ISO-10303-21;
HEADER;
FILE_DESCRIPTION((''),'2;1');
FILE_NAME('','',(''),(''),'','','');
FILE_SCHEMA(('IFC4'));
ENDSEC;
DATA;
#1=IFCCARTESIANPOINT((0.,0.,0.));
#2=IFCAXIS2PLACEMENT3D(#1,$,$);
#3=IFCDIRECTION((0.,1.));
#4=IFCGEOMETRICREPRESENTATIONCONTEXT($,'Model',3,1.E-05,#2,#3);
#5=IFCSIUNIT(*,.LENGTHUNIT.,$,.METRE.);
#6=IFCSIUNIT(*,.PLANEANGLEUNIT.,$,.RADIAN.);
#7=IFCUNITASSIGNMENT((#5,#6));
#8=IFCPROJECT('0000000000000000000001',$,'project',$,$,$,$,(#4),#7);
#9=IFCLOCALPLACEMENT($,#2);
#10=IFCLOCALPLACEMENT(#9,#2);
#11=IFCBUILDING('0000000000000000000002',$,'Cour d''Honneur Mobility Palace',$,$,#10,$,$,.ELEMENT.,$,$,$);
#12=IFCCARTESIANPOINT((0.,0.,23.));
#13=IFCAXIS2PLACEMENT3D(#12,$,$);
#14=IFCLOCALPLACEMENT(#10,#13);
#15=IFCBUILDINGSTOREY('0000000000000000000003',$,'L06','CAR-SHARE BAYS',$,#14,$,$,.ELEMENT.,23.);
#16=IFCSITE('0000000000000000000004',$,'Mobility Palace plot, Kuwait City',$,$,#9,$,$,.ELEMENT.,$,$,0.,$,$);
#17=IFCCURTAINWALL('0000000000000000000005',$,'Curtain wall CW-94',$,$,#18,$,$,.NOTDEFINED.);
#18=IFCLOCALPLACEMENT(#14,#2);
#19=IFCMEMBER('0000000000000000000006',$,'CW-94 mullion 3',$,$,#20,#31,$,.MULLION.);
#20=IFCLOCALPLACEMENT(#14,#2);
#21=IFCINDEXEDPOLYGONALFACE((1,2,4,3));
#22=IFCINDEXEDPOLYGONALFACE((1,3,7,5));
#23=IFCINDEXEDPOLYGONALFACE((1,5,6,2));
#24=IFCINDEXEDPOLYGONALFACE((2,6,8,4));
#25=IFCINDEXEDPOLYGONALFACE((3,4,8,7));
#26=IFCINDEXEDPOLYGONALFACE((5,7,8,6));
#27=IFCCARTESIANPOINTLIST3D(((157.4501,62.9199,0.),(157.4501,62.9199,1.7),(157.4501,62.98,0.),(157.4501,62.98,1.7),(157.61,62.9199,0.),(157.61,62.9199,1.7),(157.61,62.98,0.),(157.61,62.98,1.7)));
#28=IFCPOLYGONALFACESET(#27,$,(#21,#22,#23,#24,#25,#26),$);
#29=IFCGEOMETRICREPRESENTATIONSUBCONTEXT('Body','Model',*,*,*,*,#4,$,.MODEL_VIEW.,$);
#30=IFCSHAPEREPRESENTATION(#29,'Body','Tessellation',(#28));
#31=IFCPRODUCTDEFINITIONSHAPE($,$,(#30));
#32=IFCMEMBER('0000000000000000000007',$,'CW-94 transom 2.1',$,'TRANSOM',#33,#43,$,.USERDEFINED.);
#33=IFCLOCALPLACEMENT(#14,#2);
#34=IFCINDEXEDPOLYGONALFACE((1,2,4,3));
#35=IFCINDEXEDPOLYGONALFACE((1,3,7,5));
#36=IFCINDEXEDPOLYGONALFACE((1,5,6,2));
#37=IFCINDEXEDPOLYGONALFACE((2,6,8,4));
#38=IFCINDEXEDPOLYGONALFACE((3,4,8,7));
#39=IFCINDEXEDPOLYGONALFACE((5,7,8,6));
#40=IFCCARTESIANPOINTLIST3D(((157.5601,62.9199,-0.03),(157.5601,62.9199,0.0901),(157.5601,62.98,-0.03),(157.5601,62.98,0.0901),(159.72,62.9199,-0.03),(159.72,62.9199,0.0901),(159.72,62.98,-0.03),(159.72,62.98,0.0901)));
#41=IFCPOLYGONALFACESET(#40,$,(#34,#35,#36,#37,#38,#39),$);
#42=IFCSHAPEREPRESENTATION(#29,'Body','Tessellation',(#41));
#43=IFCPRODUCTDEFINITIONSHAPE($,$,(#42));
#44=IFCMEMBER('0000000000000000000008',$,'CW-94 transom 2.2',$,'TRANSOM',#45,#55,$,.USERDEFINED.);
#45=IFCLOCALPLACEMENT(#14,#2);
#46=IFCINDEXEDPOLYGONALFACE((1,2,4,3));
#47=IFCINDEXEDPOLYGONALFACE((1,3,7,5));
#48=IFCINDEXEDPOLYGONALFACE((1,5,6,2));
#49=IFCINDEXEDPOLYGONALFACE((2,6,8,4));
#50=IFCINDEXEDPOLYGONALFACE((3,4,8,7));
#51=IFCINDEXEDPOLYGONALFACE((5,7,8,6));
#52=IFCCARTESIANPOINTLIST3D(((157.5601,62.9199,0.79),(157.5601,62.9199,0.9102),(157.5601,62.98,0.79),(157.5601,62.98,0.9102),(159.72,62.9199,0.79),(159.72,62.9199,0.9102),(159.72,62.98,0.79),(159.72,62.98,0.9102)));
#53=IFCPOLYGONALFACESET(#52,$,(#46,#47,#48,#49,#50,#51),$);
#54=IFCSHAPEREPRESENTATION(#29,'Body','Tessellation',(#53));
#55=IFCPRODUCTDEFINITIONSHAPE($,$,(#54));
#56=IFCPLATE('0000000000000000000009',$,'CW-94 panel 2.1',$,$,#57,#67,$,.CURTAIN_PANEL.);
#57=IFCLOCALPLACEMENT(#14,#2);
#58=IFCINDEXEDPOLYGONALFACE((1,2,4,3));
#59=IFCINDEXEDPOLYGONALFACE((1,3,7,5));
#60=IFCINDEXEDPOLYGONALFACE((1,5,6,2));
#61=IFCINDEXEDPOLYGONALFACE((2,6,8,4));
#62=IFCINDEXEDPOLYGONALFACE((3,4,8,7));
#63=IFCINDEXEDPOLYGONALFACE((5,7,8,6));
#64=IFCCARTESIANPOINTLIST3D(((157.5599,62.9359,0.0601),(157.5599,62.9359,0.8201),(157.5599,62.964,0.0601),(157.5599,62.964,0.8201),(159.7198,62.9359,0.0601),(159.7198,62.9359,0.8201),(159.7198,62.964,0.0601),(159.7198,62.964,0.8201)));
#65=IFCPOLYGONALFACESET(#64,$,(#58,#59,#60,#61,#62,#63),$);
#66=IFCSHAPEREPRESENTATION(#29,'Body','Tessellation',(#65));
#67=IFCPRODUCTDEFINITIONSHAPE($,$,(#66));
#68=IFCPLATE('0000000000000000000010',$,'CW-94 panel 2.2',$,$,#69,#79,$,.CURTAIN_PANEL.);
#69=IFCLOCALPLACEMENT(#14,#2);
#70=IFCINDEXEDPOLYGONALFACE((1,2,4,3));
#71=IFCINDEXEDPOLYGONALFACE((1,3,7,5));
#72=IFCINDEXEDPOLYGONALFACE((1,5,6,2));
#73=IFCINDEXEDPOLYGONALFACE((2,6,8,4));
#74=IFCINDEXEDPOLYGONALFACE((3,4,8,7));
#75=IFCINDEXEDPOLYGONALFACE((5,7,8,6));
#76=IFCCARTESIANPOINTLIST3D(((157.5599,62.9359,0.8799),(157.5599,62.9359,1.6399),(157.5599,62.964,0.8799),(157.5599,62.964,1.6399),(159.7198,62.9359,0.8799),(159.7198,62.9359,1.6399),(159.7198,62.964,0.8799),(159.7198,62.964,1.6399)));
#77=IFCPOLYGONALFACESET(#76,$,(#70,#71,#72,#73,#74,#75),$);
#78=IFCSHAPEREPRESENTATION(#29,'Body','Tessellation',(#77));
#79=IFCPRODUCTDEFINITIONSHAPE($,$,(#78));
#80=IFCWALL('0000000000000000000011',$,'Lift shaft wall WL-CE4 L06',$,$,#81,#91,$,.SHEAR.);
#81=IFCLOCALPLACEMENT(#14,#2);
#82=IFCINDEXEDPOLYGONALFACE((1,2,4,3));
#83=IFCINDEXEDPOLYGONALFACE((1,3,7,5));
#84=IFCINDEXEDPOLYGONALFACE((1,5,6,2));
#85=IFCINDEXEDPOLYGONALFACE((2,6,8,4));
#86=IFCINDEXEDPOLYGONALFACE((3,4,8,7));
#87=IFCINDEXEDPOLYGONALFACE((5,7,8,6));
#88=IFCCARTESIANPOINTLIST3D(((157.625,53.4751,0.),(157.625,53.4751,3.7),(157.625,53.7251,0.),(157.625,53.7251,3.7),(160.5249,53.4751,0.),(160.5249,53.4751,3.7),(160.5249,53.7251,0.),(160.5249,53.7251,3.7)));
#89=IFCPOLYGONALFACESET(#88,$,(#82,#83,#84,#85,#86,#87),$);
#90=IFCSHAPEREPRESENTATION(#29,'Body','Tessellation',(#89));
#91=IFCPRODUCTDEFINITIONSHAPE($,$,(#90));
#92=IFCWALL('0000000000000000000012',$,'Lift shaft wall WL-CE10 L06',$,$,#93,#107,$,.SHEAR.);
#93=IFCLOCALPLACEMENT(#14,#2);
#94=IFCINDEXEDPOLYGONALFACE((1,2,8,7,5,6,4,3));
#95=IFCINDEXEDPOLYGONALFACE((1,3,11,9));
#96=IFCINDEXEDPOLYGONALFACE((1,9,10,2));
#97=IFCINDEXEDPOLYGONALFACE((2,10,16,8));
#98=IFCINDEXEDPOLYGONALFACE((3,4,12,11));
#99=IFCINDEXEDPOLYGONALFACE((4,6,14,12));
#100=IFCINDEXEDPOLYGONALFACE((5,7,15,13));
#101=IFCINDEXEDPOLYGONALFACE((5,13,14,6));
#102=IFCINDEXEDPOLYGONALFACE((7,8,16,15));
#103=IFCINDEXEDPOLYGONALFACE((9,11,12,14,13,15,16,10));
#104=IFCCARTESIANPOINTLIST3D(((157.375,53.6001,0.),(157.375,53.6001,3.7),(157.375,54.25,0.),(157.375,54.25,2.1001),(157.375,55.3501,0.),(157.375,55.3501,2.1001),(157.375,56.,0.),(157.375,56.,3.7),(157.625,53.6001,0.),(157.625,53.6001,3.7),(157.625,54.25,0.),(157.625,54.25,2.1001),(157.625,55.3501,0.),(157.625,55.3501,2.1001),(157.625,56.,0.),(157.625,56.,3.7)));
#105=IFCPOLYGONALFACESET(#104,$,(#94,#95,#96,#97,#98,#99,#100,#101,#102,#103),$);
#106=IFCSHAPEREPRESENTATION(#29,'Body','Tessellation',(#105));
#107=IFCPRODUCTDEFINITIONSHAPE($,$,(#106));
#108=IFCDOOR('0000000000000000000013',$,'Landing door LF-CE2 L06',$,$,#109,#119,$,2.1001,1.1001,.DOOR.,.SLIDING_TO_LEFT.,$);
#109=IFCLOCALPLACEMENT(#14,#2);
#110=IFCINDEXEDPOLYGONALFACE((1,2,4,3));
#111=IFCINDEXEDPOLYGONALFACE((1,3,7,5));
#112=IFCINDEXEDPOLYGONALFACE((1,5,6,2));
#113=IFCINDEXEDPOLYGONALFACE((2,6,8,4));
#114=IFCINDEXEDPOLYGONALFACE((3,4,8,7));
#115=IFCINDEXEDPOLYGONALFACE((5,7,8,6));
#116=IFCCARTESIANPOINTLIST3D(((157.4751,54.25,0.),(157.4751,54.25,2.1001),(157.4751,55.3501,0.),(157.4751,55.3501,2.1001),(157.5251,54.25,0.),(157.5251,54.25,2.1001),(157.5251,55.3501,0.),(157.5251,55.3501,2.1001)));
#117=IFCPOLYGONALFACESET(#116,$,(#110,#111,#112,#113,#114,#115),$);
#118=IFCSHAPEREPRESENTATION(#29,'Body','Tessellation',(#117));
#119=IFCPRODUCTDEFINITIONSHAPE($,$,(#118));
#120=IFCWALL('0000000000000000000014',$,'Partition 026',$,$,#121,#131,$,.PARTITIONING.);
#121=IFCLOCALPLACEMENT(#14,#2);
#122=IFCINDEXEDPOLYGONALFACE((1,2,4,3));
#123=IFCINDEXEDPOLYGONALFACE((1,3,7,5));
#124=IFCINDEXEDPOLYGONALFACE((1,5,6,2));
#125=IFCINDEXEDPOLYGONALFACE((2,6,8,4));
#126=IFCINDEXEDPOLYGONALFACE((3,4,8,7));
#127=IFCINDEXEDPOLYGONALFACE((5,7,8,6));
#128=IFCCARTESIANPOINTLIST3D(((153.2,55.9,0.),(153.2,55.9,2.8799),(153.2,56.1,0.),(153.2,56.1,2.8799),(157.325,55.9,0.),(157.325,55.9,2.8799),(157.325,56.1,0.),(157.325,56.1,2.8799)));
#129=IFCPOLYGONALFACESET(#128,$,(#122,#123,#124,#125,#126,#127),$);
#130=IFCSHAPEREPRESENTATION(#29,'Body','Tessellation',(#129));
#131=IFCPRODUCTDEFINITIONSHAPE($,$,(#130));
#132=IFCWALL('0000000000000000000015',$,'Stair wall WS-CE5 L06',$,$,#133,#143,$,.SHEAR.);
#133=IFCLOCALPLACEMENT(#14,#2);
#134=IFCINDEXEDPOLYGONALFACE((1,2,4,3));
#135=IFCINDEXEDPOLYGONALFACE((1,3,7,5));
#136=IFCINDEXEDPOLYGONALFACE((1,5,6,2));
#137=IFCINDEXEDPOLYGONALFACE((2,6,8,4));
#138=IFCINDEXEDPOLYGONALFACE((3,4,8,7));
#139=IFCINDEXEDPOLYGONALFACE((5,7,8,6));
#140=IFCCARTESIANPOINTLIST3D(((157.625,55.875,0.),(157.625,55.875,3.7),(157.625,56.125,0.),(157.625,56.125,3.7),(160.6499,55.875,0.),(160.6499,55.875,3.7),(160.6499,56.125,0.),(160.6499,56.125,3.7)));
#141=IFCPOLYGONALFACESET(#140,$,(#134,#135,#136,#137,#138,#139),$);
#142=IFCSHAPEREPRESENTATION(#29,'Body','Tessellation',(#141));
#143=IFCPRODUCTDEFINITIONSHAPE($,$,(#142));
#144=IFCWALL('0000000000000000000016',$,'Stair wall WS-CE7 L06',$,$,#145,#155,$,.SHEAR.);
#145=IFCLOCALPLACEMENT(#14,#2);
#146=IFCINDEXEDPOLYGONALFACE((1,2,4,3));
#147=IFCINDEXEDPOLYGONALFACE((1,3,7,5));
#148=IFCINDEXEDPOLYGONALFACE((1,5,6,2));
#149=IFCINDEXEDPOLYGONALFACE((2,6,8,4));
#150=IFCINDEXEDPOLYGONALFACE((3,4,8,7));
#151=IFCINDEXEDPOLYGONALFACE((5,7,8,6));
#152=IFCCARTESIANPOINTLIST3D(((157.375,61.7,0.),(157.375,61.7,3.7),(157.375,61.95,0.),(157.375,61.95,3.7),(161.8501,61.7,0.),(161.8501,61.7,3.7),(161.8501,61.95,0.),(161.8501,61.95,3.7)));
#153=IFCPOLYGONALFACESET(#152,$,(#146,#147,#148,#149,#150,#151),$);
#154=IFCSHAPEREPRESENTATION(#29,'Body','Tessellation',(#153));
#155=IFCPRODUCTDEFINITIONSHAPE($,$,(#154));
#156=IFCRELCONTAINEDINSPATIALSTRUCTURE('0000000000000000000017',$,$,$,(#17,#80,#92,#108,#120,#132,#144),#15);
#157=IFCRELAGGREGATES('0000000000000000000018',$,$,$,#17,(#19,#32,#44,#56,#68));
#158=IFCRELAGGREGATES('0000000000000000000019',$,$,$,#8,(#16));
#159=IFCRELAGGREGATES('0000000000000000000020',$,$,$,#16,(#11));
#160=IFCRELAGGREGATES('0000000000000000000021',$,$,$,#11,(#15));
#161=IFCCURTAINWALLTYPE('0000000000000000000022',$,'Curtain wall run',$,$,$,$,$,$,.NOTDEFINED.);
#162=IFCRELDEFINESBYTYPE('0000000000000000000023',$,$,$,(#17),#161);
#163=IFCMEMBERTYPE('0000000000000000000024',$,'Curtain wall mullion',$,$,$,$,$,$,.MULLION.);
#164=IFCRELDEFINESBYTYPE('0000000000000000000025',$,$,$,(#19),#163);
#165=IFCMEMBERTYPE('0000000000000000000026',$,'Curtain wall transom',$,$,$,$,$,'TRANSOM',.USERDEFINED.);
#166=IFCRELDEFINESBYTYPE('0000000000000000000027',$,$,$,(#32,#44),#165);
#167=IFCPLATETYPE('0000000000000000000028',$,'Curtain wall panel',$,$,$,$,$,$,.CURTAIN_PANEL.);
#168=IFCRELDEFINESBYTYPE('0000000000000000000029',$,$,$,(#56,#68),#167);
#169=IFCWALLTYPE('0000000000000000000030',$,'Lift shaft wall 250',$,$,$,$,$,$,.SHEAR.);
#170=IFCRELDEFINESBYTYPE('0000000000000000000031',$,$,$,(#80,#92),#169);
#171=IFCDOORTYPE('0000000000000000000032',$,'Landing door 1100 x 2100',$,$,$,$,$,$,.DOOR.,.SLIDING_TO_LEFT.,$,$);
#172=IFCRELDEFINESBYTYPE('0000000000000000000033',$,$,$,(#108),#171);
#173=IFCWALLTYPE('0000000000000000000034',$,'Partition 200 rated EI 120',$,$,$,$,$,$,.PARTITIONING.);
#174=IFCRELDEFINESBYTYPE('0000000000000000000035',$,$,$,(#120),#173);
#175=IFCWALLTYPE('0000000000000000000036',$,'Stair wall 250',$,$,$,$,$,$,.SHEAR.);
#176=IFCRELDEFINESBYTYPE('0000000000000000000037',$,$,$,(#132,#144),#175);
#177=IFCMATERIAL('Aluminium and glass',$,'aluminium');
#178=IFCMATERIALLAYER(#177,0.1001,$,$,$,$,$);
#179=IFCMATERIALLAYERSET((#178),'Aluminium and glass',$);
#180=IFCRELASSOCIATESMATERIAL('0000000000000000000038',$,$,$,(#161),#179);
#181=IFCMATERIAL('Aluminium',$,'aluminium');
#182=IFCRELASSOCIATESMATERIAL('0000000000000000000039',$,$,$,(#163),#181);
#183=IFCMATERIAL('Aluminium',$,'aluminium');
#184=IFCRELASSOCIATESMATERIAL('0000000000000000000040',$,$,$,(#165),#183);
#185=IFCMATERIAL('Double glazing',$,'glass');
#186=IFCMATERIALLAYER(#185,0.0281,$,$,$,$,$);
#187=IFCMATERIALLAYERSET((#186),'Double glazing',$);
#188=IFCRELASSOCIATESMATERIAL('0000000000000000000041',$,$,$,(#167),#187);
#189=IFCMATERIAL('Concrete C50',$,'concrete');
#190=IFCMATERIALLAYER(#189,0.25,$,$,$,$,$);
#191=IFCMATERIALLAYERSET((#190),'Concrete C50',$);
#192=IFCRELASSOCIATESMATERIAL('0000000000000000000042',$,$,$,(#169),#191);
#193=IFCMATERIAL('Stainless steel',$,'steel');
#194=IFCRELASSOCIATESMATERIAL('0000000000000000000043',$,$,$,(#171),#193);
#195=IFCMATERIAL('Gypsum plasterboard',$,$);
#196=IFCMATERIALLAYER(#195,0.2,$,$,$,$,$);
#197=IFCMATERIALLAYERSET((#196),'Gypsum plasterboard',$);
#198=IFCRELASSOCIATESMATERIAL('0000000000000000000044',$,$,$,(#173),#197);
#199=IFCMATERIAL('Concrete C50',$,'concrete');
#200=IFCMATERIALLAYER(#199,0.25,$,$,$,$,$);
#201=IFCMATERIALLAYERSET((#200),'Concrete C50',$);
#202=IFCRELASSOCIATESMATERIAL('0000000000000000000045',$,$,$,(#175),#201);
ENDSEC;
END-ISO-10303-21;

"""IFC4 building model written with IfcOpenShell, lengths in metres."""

from ifc_helpers import new_model, si_unit, direction, frame, frame_2d, origin, origin_2d, place, context, subcontext, project, spatial, rectangle, extrude, material, layer, layer_set, material_profile, profile_set, type_object, element, fill, aggregate, save


model = new_model("IFC4")

# Units and contexts
model_context = context("Model", 3, precision=1e-05, world=origin(), true_north=direction((0.0, 1.0)))
body_context = subcontext(model_context, "Body", "Model", "MODEL_VIEW")
ifc_project = project(units=[si_unit("LENGTHUNIT", "METRE"), si_unit("PLANEANGLEUNIT", "RADIAN")], contexts=[model_context])

# Site, building, storey
site_placement = place(None, origin())
site = spatial("IfcSite", under=ifc_project, at=site_placement, Name="Mobility Palace plot, Kuwait City", CompositionType="ELEMENT", RefElevation=0.0)
building_placement = place(site_placement, origin())
building = spatial("IfcBuilding", under=site, at=building_placement, Name="Cour d'Honneur Mobility Palace", CompositionType="ELEMENT")
storey_placement = place(building_placement, frame((0.0, 0.0, 23.0)))
storey = spatial("IfcBuildingStorey", under=building, at=storey_placement, Name="L06", Description="CAR-SHARE BAYS", CompositionType="ELEMENT", Elevation=23.0)

# Curtain wall, members, plates
ifc_material_1 = material(Name="Aluminium and glass", Category="aluminium")
ifc_layer_1 = layer(ifc_material_1, 0.1001)
ifc_layer_set_1 = layer_set([ifc_layer_1], Name="Aluminium and glass")
curtain_wall_type = type_object("IfcCurtainWallType", Name="Curtain wall run", PredefinedType="NOTDEFINED", material=ifc_layer_set_1)
curtain_wall_placement = place(storey_placement, origin())
curtain_wall = element("IfcCurtainWall", 1, at=curtain_wall_placement, inside=storey, type_object=curtain_wall_type, Name="Curtain wall CW-94", PredefinedType="NOTDEFINED")
ifc_material_2 = material(Name="Aluminium", Category="aluminium")
ifc_material_profile_1 = material_profile(ifc_material_2, rectangle(XDim=0.0601, YDim=0.1599, at=origin_2d()), Name="Curtain wall mullion")
ifc_profile_set_1 = profile_set([ifc_material_profile_1], Name="Aluminium")
member_type_1 = type_object("IfcMemberType", Name="Curtain wall mullion", PredefinedType="MULLION", material=ifc_profile_set_1)
member_1_placement = place(storey_placement, frame((157.53, 62.95, 0.0), z_axis=(0.0, 0.0, 1.0), x_axis=(0.0, -1.0, 0.0)))
member_1 = element("IfcMember", 2, at=member_1_placement, type_object=member_type_1, Name="CW-94 mullion 3", PredefinedType="MULLION", context=body_context, shape_type="SweptSolid", body=[
    extrude(rectangle(XDim=0.0601, YDim=0.1599, at=origin_2d()), origin(), (0.0, 0.0, 1.0), 1.7),
])
ifc_material_3 = material(Name="Aluminium", Category="aluminium")
ifc_material_profile_2 = material_profile(ifc_material_3, rectangle(XDim=0.0601, YDim=0.1201, at=origin_2d()), Name="Curtain wall transom")
ifc_profile_set_2 = profile_set([ifc_material_profile_2], Name="Aluminium")
member_type_2 = type_object("IfcMemberType", Name="Curtain wall transom", ElementType="TRANSOM", PredefinedType="USERDEFINED", material=ifc_profile_set_2)
member_2_placement = place(storey_placement, frame((159.72, 62.95, 0.03), z_axis=(-1.0, 0.0, 0.0), x_axis=(0.0, -1.0, 0.0)))
member_2 = element("IfcMember", 3, at=member_2_placement, type_object=member_type_2, Name="CW-94 transom 2.1", ObjectType="TRANSOM", PredefinedType="USERDEFINED", context=body_context, shape_type="SweptSolid", body=[
    extrude(rectangle(XDim=0.0601, YDim=0.1201, at=origin_2d()), origin(), (0.0, 0.0, 1.0), 2.1599),
])
member_3_placement = place(storey_placement, frame((159.72, 62.95, 0.8501), z_axis=(-1.0, 0.0, 0.0), x_axis=(0.0, -1.0, 0.0)))
member_3 = element("IfcMember", 4, at=member_3_placement, type_object=member_type_2, Name="CW-94 transom 2.2", ObjectType="TRANSOM", PredefinedType="USERDEFINED", context=body_context, shape_type="SweptSolid", body=[
    extrude(rectangle(XDim=0.0601, YDim=0.1201, at=origin_2d()), origin(), (0.0, 0.0, 1.0), 2.1599),
])
ifc_material_4 = material(Name="Double glazing", Category="glass")
ifc_layer_2 = layer(ifc_material_4, 0.0281)
ifc_layer_set_2 = layer_set([ifc_layer_2], Name="Double glazing")
plate_type = type_object("IfcPlateType", Name="Curtain wall panel", PredefinedType="CURTAIN_PANEL", material=ifc_layer_set_2)
plate_1_placement = place(storey_placement, frame((158.6399, 62.95, 0.0601), z_axis=(0.0, 0.0, 1.0), x_axis=(-1.0, 0.0, 0.0)))
plate_1 = element("IfcPlate", 5, at=plate_1_placement, type_object=plate_type, Name="CW-94 panel 2.1", PredefinedType="CURTAIN_PANEL", context=body_context, shape_type="SweptSolid", body=[
    extrude(rectangle(XDim=2.1599, YDim=0.0281, at=origin_2d()), origin(), (0.0, 0.0, 1.0), 0.76),
])
plate_2_placement = place(storey_placement, frame((158.6399, 62.95, 0.8799), z_axis=(0.0, 0.0, 1.0), x_axis=(-1.0, 0.0, 0.0)))
plate_2 = element("IfcPlate", 6, at=plate_2_placement, type_object=plate_type, Name="CW-94 panel 2.2", PredefinedType="CURTAIN_PANEL", context=body_context, shape_type="SweptSolid", body=[
    extrude(rectangle(XDim=2.1599, YDim=0.0281, at=origin_2d()), origin(), (0.0, 0.0, 1.0), 0.76),
])
aggregate(curtain_wall, [member_1, member_2, member_3, plate_1, plate_2])

# Wall
ifc_material_5 = material(Name="Concrete C50", Category="concrete")
ifc_layer_3 = layer(ifc_material_5, 0.25)
ifc_layer_set_3 = layer_set([ifc_layer_3], Name="Concrete C50")
wall_type_1 = type_object("IfcWallType", Name="Lift shaft wall 250", PredefinedType="SHEAR", material=ifc_layer_set_3)
wall_1_placement = place(storey_placement, frame((157.625, 53.6001, 0.0), z_axis=(0.0, 0.0, 1.0), x_axis=(1.0, 0.0, 0.0)))
element("IfcWall", 7, at=wall_1_placement, inside=storey, type_object=wall_type_1, Name="Lift shaft wall WL-CE4 L06", PredefinedType="SHEAR", context=body_context, shape_type="SweptSolid", body=[
    extrude(rectangle(XDim=2.8999, YDim=0.25, at=frame_2d((1.45, 0.0))), origin(), (0.0, 0.0, 1.0), 3.7),
])

# Wall, opening, door
wall_2_placement = place(storey_placement, frame((157.5, 53.6001, 0.0), z_axis=(0.0, 0.0, 1.0), x_axis=(0.0, 1.0, 0.0)))
wall_2 = element("IfcWall", 8, at=wall_2_placement, inside=storey, type_object=wall_type_1, Name="Lift shaft wall WL-CE10 L06", PredefinedType="SHEAR", context=body_context, shape_type="SweptSolid", body=[
    extrude(rectangle(XDim=2.3999, YDim=0.25, at=frame_2d((1.2, 0.0))), origin(), (0.0, 0.0, 1.0), 3.7),
])
opening_1_placement = place(wall_2_placement, frame((0.6499, 0.0, 0.0)))
opening_1 = element("IfcOpeningElement", 9, at=opening_1_placement, cuts=wall_2, PredefinedType="OPENING", context=body_context, shape_type="SweptSolid", body=[
    extrude(rectangle(XDim=1.1001, YDim=2.1001, at=frame_2d((0.55, 1.05))), frame((0.0, 0.135, 0.0), z_axis=(0.0, -1.0, 0.0), x_axis=(1.0, 0.0, 0.0)), (0.0, 0.0, 1.0), 0.27),
])
ifc_material_6 = material(Name="Stainless steel", Category="steel")
door_type_1 = type_object("IfcDoorType", Name="Landing door 1100 x 2100", OperationType="SLIDING_TO_LEFT", PredefinedType="DOOR", material=ifc_material_6)
door_1_placement = place(opening_1_placement, origin())
door_1 = element("IfcDoor", 10, at=door_1_placement, inside=storey, type_object=door_type_1, Name="Landing door LF-CE2 L06", OperationType="SLIDING_TO_LEFT", OverallHeight=2.1001, OverallWidth=1.1001, PredefinedType="DOOR", context=body_context, shape_type="SweptSolid", body=[
    extrude(rectangle(XDim=1.1001, YDim=2.1001, at=frame_2d((0.55, 1.05))), frame((0.0, 0.0249, 0.0), z_axis=(0.0, -1.0, 0.0), x_axis=(1.0, 0.0, 0.0)), (0.0, 0.0, 1.0), 0.05),
])
fill(opening_1, door_1)

# Walls
ifc_material_7 = material(Name="Gypsum plasterboard")
ifc_layer_4 = layer(ifc_material_7, 0.2)
ifc_layer_set_4 = layer_set([ifc_layer_4], Name="Gypsum plasterboard")
wall_type_2 = type_object("IfcWallType", Name="Partition 200 rated EI 120", PredefinedType="PARTITIONING", material=ifc_layer_set_4)
wall_3_placement = place(storey_placement, frame((157.325, 56.0, 0.0), z_axis=(0.0, 0.0, 1.0), x_axis=(-1.0, 0.0, 0.0)))
element("IfcWall", 11, at=wall_3_placement, inside=storey, type_object=wall_type_2, Name="Partition 026", PredefinedType="PARTITIONING", context=body_context, shape_type="SweptSolid", body=[
    extrude(rectangle(XDim=4.125, YDim=0.2, at=frame_2d((2.0625, 0.0))), origin(), (0.0, 0.0, 1.0), 2.8799),
])
ifc_material_8 = material(Name="Concrete C50", Category="concrete")
ifc_layer_5 = layer(ifc_material_8, 0.25)
ifc_layer_set_5 = layer_set([ifc_layer_5], Name="Concrete C50")
wall_type_3 = type_object("IfcWallType", Name="Stair wall 250", PredefinedType="SHEAR", material=ifc_layer_set_5)
wall_4_placement = place(storey_placement, frame((157.625, 56.0, 0.0), z_axis=(0.0, 0.0, 1.0), x_axis=(1.0, 0.0, 0.0)))
element("IfcWall", 12, at=wall_4_placement, inside=storey, type_object=wall_type_3, Name="Stair wall WS-CE5 L06", PredefinedType="SHEAR", context=body_context, shape_type="SweptSolid", body=[
    extrude(rectangle(XDim=3.0249, YDim=0.25, at=frame_2d((1.5125, 0.0))), origin(), (0.0, 0.0, 1.0), 3.7),
])
wall_5_placement = place(storey_placement, frame((157.375, 61.825, 0.0), z_axis=(0.0, 0.0, 1.0), x_axis=(1.0, 0.0, 0.0)))
element("IfcWall", 13, at=wall_5_placement, inside=storey, type_object=wall_type_3, Name="Stair wall WS-CE7 L06", PredefinedType="SHEAR", context=body_context, shape_type="SweptSolid", body=[
    extrude(rectangle(XDim=4.4751, YDim=0.25, at=frame_2d((2.2375, 0.0))), origin(), (0.0, 0.0, 1.0), 3.7),
])

save(model, "model.ifc")
